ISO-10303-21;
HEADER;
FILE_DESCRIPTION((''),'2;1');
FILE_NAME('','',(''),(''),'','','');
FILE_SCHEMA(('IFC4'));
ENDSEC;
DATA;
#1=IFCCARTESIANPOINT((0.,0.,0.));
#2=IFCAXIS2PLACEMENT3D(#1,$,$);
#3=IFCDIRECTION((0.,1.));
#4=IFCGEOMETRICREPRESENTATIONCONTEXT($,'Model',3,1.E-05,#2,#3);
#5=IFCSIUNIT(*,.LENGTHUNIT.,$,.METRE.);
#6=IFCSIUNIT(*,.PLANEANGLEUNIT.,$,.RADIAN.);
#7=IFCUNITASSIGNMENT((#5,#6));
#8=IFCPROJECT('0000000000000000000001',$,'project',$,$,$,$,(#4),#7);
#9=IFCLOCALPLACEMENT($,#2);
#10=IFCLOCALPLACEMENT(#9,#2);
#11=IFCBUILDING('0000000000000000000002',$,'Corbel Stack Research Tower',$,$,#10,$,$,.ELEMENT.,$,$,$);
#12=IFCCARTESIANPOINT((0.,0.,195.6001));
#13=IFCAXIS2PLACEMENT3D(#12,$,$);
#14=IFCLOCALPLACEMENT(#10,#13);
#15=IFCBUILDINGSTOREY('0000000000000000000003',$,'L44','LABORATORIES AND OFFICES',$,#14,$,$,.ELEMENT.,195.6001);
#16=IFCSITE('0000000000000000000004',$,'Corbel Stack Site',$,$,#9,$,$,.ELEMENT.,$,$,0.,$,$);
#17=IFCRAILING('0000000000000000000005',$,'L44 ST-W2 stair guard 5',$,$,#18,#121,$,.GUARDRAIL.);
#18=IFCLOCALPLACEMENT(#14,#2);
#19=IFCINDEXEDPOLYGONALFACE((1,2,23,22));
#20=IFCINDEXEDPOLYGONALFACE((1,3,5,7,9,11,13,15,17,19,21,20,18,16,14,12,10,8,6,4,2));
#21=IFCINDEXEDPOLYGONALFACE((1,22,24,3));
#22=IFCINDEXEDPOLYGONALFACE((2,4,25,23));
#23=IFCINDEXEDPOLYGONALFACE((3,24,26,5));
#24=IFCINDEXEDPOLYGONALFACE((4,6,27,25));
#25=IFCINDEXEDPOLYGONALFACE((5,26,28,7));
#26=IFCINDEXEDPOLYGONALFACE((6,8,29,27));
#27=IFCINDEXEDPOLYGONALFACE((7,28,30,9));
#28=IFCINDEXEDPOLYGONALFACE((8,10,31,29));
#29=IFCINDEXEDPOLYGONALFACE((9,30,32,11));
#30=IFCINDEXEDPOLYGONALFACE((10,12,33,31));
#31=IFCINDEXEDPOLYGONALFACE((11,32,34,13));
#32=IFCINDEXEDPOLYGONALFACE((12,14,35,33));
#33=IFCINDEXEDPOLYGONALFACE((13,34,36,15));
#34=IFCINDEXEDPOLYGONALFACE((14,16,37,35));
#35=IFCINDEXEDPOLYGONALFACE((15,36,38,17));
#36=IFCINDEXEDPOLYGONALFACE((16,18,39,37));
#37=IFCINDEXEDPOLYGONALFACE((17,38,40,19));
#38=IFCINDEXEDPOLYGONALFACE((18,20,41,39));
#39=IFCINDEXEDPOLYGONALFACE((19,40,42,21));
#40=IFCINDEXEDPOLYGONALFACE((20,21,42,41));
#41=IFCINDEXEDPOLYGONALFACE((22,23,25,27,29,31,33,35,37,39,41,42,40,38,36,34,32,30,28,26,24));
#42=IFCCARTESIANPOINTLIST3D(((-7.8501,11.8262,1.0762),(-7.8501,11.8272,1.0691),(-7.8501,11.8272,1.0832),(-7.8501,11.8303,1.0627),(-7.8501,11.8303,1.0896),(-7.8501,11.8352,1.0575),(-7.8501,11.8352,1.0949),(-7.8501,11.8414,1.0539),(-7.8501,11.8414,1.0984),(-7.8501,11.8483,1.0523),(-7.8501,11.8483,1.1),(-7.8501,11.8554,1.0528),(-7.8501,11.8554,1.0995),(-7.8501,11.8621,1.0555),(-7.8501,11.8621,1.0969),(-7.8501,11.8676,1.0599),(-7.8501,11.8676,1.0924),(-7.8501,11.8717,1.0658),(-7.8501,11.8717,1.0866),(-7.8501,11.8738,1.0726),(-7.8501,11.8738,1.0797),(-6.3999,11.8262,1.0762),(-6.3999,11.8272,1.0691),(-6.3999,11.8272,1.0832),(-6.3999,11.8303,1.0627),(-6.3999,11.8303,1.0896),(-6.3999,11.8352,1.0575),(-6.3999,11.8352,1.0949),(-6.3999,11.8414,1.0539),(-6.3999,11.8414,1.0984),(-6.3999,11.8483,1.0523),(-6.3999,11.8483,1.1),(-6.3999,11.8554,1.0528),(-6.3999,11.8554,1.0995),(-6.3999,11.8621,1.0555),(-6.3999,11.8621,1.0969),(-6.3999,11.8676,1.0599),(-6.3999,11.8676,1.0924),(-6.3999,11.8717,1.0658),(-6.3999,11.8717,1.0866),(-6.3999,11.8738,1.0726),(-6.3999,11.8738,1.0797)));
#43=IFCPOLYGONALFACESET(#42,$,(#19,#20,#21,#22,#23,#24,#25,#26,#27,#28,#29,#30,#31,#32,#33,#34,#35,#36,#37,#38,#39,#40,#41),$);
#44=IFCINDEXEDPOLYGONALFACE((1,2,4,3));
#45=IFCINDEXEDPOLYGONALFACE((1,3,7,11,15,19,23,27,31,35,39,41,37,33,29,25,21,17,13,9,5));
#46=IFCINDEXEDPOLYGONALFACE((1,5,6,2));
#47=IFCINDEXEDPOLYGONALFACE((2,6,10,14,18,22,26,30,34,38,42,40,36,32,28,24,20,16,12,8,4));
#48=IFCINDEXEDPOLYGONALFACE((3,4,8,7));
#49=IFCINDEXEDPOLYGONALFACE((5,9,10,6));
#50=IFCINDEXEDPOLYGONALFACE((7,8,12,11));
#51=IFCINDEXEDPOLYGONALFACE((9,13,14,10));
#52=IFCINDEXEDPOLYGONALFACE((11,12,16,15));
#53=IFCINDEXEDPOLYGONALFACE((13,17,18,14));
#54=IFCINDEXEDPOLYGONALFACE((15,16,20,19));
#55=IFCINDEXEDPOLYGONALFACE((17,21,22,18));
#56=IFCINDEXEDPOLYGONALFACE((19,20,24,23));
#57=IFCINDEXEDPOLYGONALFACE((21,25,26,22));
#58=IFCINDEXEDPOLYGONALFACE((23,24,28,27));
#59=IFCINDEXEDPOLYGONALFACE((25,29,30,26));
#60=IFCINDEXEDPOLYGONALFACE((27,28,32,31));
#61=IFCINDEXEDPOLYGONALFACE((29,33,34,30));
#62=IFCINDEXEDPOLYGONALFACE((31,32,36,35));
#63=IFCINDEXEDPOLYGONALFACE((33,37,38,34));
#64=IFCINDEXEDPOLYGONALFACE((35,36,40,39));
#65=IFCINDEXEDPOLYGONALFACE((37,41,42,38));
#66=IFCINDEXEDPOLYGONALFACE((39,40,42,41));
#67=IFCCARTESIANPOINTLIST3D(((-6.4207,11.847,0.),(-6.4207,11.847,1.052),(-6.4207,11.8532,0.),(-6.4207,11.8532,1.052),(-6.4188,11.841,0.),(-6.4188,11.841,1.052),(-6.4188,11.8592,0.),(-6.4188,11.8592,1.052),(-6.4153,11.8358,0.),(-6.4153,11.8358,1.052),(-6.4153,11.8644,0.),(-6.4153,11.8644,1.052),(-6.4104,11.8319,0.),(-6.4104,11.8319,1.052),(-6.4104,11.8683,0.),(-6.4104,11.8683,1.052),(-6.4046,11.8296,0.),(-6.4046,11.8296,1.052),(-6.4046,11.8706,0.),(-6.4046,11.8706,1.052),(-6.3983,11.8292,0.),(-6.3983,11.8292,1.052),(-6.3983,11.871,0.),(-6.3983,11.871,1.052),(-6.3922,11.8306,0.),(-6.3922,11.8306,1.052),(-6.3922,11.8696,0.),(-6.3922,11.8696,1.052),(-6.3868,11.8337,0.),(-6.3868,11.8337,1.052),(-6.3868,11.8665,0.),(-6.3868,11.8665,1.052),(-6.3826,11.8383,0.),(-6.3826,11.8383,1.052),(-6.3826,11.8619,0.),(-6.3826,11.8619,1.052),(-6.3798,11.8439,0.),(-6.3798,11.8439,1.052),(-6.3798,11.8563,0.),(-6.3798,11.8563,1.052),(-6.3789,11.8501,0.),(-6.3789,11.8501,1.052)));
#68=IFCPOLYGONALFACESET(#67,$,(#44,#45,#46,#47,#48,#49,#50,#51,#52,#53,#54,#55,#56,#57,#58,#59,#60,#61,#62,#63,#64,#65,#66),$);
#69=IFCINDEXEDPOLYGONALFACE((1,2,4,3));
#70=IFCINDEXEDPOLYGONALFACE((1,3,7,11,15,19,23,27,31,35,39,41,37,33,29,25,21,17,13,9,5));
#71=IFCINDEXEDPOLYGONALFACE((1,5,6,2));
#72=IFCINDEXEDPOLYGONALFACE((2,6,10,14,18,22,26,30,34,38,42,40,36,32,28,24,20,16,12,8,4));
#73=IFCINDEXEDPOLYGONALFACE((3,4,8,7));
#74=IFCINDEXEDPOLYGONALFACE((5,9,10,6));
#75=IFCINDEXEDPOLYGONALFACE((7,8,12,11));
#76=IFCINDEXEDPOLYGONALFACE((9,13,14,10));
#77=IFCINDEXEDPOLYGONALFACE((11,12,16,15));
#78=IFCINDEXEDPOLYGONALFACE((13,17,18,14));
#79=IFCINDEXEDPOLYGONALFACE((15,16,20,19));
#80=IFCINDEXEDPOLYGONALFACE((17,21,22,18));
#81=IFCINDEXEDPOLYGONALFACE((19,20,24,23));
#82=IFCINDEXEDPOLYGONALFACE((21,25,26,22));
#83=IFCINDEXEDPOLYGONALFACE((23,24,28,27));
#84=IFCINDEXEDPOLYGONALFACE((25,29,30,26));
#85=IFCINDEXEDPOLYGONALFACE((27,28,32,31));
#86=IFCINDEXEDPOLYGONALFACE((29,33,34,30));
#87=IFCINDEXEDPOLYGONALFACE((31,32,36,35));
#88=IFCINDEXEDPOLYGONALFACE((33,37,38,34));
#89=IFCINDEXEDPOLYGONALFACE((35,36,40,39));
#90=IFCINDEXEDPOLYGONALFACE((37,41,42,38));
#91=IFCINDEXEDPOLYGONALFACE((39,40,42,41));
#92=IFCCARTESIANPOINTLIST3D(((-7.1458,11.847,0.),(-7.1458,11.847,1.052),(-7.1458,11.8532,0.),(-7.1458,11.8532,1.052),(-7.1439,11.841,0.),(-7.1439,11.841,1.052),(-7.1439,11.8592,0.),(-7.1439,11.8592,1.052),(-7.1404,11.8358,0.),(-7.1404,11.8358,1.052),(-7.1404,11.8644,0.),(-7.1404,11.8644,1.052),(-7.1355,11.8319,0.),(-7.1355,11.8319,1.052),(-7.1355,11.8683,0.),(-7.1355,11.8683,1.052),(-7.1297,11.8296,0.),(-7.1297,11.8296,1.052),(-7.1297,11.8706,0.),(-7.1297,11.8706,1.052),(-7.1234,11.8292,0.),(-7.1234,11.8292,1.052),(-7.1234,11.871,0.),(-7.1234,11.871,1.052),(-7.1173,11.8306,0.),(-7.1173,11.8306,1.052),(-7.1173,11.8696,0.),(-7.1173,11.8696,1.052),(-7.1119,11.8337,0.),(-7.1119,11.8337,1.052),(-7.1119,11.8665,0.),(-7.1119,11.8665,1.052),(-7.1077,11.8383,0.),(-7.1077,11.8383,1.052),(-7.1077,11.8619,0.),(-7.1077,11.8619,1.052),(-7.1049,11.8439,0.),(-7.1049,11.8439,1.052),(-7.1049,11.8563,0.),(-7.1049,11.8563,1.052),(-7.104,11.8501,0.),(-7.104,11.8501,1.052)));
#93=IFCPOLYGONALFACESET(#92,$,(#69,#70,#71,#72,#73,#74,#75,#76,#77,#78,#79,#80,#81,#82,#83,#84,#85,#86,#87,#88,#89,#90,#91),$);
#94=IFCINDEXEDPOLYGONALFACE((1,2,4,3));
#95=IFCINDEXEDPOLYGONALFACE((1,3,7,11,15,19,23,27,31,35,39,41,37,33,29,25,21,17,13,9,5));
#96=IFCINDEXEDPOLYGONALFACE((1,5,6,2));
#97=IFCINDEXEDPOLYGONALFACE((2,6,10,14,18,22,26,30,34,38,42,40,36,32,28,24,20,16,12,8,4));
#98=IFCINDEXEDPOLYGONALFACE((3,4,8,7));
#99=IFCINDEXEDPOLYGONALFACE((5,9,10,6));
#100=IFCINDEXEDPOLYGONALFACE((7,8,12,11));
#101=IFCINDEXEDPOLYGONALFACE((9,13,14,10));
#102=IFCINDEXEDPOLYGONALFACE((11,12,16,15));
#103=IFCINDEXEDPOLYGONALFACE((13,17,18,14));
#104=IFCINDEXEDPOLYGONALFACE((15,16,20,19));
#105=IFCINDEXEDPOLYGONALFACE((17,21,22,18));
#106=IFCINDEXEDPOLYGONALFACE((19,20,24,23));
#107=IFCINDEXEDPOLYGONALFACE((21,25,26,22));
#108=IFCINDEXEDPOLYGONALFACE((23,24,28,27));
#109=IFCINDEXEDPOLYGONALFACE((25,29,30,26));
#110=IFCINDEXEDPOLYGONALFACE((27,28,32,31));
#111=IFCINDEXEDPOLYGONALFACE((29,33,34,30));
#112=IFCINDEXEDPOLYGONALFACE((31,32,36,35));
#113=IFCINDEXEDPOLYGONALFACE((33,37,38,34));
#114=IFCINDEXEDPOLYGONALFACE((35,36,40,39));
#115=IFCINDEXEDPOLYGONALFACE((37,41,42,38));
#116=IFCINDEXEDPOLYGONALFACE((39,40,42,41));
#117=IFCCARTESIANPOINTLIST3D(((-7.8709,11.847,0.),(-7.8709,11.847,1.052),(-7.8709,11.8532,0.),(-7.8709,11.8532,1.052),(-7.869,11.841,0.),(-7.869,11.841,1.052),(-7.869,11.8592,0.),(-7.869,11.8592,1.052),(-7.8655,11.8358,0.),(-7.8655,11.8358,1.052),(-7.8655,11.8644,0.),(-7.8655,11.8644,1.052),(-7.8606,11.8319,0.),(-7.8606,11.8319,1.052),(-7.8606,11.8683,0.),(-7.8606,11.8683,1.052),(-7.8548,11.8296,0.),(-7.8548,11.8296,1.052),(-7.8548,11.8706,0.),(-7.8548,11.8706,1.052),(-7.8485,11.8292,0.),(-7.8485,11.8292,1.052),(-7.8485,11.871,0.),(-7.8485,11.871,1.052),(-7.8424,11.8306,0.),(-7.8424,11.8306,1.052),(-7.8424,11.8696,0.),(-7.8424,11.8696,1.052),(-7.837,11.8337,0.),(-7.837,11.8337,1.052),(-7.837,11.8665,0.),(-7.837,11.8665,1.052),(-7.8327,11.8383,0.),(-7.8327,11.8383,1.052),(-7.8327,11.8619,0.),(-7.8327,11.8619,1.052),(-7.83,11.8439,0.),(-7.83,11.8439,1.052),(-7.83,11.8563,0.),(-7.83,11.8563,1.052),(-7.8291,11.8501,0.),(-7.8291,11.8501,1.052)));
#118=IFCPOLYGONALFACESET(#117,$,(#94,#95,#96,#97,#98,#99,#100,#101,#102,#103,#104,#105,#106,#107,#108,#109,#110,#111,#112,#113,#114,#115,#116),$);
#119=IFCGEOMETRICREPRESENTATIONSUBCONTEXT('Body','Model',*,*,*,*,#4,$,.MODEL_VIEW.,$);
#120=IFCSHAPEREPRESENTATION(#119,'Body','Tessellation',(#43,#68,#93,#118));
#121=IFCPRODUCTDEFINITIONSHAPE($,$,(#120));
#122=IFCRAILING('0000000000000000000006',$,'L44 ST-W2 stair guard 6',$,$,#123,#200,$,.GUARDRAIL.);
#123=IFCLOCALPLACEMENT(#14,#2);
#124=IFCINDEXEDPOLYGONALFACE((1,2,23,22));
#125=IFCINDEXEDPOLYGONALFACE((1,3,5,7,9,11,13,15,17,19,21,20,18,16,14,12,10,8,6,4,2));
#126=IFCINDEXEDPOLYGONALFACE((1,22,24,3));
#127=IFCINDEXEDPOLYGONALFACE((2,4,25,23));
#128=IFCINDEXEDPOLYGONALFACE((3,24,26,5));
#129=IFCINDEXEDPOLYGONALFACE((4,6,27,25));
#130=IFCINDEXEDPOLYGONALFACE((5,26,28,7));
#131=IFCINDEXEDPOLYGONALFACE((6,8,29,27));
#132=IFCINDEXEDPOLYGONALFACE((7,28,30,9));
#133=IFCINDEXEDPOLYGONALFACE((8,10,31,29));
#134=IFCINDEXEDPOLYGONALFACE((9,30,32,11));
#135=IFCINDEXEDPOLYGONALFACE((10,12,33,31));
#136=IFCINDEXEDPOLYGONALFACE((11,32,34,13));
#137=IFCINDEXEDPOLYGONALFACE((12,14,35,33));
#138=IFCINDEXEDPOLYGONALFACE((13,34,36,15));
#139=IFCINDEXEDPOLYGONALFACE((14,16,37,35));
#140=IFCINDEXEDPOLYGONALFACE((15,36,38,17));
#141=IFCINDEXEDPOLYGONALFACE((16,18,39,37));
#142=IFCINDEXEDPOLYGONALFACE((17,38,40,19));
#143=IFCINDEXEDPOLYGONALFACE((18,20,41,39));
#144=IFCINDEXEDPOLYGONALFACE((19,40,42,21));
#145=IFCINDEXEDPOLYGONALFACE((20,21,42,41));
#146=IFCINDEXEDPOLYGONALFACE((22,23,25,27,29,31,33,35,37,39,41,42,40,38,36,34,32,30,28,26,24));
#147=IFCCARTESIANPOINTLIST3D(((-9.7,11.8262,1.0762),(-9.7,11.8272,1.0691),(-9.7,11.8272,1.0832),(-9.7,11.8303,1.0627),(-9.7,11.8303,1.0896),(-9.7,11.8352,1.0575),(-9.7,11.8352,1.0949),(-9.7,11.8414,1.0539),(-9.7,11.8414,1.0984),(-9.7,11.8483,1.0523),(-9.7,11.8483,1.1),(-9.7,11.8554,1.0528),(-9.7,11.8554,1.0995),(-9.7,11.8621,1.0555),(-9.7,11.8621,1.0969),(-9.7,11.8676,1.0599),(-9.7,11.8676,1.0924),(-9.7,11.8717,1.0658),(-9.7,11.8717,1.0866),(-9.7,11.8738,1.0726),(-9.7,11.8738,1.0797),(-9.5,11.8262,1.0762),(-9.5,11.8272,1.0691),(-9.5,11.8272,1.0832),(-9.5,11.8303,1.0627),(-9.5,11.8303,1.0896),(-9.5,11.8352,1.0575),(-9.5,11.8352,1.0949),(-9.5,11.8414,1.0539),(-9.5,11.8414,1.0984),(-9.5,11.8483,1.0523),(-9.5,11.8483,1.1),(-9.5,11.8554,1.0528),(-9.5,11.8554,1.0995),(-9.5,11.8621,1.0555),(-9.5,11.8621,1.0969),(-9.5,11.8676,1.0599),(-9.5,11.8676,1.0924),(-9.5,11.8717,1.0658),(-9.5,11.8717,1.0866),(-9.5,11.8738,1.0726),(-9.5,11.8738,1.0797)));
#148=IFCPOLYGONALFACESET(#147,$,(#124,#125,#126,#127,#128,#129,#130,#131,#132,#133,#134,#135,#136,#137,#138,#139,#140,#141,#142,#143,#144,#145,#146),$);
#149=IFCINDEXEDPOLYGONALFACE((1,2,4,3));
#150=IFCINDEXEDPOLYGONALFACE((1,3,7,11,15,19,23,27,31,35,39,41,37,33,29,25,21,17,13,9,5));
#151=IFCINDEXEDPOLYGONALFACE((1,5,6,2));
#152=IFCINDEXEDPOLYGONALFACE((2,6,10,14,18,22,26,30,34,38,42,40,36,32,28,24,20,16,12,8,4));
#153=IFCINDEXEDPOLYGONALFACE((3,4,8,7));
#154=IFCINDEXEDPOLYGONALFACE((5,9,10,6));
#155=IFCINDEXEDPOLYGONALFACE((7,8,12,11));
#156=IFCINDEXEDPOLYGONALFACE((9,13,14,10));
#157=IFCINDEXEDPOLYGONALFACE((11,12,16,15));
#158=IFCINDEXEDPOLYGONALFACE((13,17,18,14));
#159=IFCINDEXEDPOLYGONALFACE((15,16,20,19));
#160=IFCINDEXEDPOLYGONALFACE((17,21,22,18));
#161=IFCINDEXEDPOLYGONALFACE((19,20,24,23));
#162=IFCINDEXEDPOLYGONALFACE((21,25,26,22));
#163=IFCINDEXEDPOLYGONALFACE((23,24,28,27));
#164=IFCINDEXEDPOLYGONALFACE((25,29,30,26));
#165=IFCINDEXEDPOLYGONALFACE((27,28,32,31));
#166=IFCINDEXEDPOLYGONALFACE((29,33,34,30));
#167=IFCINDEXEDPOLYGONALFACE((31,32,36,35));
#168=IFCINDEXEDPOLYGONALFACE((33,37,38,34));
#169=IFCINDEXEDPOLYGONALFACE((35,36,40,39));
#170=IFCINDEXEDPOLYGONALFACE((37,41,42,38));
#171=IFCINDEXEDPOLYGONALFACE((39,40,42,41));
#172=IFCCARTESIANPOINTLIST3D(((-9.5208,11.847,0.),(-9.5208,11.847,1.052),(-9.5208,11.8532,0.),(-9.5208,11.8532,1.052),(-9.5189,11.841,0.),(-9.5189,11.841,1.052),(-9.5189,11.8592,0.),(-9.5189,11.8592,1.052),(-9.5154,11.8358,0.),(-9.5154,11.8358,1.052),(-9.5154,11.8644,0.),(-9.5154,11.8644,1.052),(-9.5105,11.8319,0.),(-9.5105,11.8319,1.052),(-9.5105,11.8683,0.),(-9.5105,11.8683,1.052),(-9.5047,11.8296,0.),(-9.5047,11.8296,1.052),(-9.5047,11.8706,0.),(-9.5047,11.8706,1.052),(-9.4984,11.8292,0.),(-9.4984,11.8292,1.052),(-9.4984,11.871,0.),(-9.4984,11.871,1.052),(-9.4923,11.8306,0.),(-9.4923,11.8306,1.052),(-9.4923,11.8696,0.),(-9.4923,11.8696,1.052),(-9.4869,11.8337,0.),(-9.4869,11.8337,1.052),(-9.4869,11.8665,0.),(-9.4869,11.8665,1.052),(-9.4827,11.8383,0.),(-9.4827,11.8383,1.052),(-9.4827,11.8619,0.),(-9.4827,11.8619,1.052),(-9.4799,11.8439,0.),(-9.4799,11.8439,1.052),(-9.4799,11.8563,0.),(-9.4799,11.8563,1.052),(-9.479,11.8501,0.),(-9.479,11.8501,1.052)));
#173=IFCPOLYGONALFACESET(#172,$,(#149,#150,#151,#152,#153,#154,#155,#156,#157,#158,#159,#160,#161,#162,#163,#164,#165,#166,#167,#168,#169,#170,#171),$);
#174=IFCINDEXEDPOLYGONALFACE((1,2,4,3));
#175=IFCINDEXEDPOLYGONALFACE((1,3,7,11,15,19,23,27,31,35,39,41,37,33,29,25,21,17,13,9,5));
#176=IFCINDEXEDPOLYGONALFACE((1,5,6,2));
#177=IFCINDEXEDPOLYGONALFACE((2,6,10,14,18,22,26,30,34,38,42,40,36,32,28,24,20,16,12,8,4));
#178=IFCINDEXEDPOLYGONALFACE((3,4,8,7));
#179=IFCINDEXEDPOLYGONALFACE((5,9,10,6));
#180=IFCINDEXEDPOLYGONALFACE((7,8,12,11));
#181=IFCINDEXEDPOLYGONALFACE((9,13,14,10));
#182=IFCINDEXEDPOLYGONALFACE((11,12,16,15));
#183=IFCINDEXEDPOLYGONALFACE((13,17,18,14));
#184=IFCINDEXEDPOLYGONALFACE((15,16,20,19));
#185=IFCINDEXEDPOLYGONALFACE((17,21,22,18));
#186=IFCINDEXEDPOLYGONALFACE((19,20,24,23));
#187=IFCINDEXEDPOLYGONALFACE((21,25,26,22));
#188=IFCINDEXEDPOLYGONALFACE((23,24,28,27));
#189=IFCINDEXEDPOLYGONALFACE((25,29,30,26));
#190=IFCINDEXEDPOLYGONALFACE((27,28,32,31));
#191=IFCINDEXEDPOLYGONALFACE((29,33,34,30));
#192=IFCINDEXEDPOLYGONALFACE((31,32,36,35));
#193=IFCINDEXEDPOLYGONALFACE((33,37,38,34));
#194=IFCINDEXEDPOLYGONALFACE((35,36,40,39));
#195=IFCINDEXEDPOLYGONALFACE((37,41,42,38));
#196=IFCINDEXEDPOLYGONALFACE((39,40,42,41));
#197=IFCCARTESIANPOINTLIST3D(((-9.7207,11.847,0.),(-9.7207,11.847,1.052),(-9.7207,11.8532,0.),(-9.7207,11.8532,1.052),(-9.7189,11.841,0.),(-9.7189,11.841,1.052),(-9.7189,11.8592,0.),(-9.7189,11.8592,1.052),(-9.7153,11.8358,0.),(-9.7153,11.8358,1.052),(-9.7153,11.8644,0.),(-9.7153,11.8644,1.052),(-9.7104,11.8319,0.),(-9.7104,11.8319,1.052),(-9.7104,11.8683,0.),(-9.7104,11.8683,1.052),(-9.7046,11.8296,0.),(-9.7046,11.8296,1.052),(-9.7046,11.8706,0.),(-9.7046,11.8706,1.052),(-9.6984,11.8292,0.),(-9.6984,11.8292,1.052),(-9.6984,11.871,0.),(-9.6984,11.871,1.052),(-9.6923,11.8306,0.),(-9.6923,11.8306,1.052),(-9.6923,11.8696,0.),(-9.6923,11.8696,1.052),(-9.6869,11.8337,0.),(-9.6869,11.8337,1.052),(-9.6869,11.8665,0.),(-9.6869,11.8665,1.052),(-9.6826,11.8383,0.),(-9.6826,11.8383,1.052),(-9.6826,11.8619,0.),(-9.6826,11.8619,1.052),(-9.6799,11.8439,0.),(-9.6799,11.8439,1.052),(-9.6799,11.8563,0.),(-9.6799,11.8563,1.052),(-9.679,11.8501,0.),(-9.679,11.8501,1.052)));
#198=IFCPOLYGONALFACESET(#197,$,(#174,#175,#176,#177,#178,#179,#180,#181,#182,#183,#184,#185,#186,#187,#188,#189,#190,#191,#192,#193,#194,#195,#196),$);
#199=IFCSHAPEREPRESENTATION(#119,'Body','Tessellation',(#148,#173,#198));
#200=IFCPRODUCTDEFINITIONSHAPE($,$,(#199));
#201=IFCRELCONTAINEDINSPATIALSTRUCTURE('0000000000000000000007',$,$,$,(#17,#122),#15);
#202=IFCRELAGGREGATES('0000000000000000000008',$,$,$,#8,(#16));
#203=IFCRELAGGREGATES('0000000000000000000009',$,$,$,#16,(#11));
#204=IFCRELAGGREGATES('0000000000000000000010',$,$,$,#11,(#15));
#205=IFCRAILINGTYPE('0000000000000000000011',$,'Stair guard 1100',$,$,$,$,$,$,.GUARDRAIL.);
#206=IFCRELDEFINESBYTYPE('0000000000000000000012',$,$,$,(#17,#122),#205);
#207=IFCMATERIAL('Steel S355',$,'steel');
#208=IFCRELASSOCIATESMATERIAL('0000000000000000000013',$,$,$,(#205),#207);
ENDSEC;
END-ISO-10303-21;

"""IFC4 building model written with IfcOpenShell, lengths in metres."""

from ifc_helpers import new_model, si_unit, direction, frame, origin, origin_2d, place, context, subcontext, project, spatial, circle, extrude, material, type_object, element, save


model = new_model("IFC4")

# Units and contexts
model_context = context("Model", 3, precision=1e-05, world=origin(), true_north=direction((0.0, 1.0)))
body_context = subcontext(model_context, "Body", "Model", "MODEL_VIEW")
ifc_project = project(units=[si_unit("LENGTHUNIT", "METRE"), si_unit("PLANEANGLEUNIT", "RADIAN")], contexts=[model_context])

# Site, building, storey
site_placement = place(None, origin())
site = spatial("IfcSite", under=ifc_project, at=site_placement, Name="Corbel Stack Site", CompositionType="ELEMENT", RefElevation=0.0)
building_placement = place(site_placement, origin())
building = spatial("IfcBuilding", under=site, at=building_placement, Name="Corbel Stack Research Tower", CompositionType="ELEMENT")
storey_placement = place(building_placement, frame((0.0, 0.0, 195.6001)))
storey = spatial("IfcBuildingStorey", under=building, at=storey_placement, Name="L44", Description="LABORATORIES AND OFFICES", CompositionType="ELEMENT", Elevation=195.6001)

# Railings
ifc_material_1 = material(Name="Steel S355", Category="steel")
railing_type = type_object("IfcRailingType", Name="Stair guard 1100", PredefinedType="GUARDRAIL", material=ifc_material_1)
railing_1_placement = place(storey_placement, frame((-6.3999, 11.8501, 0.0)))
element("IfcRailing", 1, at=railing_1_placement, inside=storey, type_object=railing_type, Name="L44 ST-W2 stair guard 5", PredefinedType="GUARDRAIL", context=body_context, shape_type="SweptSolid", body=[
    extrude(circle(Radius=0.0239, at=origin_2d()), frame((0.0, 0.0, 1.0762), z_axis=(-1.0, 0.0, 0.0), x_axis=(0.0, -1.0, 0.0)), (0.0, 0.0, 1.0), 1.4502),
    extrude(circle(Radius=0.021, at=origin_2d()), origin(), (0.0, 0.0, 1.0), 1.052),
    extrude(circle(Radius=0.021, at=origin_2d()), frame((-0.7251, 0.0, 0.0)), (0.0, 0.0, 1.0), 1.052),
    extrude(circle(Radius=0.021, at=origin_2d()), frame((-1.4502, 0.0, 0.0)), (0.0, 0.0, 1.0), 1.052),
])
railing_2_placement = place(storey_placement, frame((-9.5, 11.8501, 0.0)))
element("IfcRailing", 2, at=railing_2_placement, inside=storey, type_object=railing_type, Name="L44 ST-W2 stair guard 6", PredefinedType="GUARDRAIL", context=body_context, shape_type="SweptSolid", body=[
    extrude(circle(Radius=0.0239, at=origin_2d()), frame((0.0, 0.0, 1.0762), z_axis=(-1.0, 0.0, 0.0), x_axis=(0.0, -1.0, 0.0)), (0.0, 0.0, 1.0), 0.2),
    extrude(circle(Radius=0.021, at=origin_2d()), origin(), (0.0, 0.0, 1.0), 1.052),
    extrude(circle(Radius=0.021, at=origin_2d()), frame((-0.2, 0.0, 0.0)), (0.0, 0.0, 1.0), 1.052),
])

save(model, "model.ifc")
